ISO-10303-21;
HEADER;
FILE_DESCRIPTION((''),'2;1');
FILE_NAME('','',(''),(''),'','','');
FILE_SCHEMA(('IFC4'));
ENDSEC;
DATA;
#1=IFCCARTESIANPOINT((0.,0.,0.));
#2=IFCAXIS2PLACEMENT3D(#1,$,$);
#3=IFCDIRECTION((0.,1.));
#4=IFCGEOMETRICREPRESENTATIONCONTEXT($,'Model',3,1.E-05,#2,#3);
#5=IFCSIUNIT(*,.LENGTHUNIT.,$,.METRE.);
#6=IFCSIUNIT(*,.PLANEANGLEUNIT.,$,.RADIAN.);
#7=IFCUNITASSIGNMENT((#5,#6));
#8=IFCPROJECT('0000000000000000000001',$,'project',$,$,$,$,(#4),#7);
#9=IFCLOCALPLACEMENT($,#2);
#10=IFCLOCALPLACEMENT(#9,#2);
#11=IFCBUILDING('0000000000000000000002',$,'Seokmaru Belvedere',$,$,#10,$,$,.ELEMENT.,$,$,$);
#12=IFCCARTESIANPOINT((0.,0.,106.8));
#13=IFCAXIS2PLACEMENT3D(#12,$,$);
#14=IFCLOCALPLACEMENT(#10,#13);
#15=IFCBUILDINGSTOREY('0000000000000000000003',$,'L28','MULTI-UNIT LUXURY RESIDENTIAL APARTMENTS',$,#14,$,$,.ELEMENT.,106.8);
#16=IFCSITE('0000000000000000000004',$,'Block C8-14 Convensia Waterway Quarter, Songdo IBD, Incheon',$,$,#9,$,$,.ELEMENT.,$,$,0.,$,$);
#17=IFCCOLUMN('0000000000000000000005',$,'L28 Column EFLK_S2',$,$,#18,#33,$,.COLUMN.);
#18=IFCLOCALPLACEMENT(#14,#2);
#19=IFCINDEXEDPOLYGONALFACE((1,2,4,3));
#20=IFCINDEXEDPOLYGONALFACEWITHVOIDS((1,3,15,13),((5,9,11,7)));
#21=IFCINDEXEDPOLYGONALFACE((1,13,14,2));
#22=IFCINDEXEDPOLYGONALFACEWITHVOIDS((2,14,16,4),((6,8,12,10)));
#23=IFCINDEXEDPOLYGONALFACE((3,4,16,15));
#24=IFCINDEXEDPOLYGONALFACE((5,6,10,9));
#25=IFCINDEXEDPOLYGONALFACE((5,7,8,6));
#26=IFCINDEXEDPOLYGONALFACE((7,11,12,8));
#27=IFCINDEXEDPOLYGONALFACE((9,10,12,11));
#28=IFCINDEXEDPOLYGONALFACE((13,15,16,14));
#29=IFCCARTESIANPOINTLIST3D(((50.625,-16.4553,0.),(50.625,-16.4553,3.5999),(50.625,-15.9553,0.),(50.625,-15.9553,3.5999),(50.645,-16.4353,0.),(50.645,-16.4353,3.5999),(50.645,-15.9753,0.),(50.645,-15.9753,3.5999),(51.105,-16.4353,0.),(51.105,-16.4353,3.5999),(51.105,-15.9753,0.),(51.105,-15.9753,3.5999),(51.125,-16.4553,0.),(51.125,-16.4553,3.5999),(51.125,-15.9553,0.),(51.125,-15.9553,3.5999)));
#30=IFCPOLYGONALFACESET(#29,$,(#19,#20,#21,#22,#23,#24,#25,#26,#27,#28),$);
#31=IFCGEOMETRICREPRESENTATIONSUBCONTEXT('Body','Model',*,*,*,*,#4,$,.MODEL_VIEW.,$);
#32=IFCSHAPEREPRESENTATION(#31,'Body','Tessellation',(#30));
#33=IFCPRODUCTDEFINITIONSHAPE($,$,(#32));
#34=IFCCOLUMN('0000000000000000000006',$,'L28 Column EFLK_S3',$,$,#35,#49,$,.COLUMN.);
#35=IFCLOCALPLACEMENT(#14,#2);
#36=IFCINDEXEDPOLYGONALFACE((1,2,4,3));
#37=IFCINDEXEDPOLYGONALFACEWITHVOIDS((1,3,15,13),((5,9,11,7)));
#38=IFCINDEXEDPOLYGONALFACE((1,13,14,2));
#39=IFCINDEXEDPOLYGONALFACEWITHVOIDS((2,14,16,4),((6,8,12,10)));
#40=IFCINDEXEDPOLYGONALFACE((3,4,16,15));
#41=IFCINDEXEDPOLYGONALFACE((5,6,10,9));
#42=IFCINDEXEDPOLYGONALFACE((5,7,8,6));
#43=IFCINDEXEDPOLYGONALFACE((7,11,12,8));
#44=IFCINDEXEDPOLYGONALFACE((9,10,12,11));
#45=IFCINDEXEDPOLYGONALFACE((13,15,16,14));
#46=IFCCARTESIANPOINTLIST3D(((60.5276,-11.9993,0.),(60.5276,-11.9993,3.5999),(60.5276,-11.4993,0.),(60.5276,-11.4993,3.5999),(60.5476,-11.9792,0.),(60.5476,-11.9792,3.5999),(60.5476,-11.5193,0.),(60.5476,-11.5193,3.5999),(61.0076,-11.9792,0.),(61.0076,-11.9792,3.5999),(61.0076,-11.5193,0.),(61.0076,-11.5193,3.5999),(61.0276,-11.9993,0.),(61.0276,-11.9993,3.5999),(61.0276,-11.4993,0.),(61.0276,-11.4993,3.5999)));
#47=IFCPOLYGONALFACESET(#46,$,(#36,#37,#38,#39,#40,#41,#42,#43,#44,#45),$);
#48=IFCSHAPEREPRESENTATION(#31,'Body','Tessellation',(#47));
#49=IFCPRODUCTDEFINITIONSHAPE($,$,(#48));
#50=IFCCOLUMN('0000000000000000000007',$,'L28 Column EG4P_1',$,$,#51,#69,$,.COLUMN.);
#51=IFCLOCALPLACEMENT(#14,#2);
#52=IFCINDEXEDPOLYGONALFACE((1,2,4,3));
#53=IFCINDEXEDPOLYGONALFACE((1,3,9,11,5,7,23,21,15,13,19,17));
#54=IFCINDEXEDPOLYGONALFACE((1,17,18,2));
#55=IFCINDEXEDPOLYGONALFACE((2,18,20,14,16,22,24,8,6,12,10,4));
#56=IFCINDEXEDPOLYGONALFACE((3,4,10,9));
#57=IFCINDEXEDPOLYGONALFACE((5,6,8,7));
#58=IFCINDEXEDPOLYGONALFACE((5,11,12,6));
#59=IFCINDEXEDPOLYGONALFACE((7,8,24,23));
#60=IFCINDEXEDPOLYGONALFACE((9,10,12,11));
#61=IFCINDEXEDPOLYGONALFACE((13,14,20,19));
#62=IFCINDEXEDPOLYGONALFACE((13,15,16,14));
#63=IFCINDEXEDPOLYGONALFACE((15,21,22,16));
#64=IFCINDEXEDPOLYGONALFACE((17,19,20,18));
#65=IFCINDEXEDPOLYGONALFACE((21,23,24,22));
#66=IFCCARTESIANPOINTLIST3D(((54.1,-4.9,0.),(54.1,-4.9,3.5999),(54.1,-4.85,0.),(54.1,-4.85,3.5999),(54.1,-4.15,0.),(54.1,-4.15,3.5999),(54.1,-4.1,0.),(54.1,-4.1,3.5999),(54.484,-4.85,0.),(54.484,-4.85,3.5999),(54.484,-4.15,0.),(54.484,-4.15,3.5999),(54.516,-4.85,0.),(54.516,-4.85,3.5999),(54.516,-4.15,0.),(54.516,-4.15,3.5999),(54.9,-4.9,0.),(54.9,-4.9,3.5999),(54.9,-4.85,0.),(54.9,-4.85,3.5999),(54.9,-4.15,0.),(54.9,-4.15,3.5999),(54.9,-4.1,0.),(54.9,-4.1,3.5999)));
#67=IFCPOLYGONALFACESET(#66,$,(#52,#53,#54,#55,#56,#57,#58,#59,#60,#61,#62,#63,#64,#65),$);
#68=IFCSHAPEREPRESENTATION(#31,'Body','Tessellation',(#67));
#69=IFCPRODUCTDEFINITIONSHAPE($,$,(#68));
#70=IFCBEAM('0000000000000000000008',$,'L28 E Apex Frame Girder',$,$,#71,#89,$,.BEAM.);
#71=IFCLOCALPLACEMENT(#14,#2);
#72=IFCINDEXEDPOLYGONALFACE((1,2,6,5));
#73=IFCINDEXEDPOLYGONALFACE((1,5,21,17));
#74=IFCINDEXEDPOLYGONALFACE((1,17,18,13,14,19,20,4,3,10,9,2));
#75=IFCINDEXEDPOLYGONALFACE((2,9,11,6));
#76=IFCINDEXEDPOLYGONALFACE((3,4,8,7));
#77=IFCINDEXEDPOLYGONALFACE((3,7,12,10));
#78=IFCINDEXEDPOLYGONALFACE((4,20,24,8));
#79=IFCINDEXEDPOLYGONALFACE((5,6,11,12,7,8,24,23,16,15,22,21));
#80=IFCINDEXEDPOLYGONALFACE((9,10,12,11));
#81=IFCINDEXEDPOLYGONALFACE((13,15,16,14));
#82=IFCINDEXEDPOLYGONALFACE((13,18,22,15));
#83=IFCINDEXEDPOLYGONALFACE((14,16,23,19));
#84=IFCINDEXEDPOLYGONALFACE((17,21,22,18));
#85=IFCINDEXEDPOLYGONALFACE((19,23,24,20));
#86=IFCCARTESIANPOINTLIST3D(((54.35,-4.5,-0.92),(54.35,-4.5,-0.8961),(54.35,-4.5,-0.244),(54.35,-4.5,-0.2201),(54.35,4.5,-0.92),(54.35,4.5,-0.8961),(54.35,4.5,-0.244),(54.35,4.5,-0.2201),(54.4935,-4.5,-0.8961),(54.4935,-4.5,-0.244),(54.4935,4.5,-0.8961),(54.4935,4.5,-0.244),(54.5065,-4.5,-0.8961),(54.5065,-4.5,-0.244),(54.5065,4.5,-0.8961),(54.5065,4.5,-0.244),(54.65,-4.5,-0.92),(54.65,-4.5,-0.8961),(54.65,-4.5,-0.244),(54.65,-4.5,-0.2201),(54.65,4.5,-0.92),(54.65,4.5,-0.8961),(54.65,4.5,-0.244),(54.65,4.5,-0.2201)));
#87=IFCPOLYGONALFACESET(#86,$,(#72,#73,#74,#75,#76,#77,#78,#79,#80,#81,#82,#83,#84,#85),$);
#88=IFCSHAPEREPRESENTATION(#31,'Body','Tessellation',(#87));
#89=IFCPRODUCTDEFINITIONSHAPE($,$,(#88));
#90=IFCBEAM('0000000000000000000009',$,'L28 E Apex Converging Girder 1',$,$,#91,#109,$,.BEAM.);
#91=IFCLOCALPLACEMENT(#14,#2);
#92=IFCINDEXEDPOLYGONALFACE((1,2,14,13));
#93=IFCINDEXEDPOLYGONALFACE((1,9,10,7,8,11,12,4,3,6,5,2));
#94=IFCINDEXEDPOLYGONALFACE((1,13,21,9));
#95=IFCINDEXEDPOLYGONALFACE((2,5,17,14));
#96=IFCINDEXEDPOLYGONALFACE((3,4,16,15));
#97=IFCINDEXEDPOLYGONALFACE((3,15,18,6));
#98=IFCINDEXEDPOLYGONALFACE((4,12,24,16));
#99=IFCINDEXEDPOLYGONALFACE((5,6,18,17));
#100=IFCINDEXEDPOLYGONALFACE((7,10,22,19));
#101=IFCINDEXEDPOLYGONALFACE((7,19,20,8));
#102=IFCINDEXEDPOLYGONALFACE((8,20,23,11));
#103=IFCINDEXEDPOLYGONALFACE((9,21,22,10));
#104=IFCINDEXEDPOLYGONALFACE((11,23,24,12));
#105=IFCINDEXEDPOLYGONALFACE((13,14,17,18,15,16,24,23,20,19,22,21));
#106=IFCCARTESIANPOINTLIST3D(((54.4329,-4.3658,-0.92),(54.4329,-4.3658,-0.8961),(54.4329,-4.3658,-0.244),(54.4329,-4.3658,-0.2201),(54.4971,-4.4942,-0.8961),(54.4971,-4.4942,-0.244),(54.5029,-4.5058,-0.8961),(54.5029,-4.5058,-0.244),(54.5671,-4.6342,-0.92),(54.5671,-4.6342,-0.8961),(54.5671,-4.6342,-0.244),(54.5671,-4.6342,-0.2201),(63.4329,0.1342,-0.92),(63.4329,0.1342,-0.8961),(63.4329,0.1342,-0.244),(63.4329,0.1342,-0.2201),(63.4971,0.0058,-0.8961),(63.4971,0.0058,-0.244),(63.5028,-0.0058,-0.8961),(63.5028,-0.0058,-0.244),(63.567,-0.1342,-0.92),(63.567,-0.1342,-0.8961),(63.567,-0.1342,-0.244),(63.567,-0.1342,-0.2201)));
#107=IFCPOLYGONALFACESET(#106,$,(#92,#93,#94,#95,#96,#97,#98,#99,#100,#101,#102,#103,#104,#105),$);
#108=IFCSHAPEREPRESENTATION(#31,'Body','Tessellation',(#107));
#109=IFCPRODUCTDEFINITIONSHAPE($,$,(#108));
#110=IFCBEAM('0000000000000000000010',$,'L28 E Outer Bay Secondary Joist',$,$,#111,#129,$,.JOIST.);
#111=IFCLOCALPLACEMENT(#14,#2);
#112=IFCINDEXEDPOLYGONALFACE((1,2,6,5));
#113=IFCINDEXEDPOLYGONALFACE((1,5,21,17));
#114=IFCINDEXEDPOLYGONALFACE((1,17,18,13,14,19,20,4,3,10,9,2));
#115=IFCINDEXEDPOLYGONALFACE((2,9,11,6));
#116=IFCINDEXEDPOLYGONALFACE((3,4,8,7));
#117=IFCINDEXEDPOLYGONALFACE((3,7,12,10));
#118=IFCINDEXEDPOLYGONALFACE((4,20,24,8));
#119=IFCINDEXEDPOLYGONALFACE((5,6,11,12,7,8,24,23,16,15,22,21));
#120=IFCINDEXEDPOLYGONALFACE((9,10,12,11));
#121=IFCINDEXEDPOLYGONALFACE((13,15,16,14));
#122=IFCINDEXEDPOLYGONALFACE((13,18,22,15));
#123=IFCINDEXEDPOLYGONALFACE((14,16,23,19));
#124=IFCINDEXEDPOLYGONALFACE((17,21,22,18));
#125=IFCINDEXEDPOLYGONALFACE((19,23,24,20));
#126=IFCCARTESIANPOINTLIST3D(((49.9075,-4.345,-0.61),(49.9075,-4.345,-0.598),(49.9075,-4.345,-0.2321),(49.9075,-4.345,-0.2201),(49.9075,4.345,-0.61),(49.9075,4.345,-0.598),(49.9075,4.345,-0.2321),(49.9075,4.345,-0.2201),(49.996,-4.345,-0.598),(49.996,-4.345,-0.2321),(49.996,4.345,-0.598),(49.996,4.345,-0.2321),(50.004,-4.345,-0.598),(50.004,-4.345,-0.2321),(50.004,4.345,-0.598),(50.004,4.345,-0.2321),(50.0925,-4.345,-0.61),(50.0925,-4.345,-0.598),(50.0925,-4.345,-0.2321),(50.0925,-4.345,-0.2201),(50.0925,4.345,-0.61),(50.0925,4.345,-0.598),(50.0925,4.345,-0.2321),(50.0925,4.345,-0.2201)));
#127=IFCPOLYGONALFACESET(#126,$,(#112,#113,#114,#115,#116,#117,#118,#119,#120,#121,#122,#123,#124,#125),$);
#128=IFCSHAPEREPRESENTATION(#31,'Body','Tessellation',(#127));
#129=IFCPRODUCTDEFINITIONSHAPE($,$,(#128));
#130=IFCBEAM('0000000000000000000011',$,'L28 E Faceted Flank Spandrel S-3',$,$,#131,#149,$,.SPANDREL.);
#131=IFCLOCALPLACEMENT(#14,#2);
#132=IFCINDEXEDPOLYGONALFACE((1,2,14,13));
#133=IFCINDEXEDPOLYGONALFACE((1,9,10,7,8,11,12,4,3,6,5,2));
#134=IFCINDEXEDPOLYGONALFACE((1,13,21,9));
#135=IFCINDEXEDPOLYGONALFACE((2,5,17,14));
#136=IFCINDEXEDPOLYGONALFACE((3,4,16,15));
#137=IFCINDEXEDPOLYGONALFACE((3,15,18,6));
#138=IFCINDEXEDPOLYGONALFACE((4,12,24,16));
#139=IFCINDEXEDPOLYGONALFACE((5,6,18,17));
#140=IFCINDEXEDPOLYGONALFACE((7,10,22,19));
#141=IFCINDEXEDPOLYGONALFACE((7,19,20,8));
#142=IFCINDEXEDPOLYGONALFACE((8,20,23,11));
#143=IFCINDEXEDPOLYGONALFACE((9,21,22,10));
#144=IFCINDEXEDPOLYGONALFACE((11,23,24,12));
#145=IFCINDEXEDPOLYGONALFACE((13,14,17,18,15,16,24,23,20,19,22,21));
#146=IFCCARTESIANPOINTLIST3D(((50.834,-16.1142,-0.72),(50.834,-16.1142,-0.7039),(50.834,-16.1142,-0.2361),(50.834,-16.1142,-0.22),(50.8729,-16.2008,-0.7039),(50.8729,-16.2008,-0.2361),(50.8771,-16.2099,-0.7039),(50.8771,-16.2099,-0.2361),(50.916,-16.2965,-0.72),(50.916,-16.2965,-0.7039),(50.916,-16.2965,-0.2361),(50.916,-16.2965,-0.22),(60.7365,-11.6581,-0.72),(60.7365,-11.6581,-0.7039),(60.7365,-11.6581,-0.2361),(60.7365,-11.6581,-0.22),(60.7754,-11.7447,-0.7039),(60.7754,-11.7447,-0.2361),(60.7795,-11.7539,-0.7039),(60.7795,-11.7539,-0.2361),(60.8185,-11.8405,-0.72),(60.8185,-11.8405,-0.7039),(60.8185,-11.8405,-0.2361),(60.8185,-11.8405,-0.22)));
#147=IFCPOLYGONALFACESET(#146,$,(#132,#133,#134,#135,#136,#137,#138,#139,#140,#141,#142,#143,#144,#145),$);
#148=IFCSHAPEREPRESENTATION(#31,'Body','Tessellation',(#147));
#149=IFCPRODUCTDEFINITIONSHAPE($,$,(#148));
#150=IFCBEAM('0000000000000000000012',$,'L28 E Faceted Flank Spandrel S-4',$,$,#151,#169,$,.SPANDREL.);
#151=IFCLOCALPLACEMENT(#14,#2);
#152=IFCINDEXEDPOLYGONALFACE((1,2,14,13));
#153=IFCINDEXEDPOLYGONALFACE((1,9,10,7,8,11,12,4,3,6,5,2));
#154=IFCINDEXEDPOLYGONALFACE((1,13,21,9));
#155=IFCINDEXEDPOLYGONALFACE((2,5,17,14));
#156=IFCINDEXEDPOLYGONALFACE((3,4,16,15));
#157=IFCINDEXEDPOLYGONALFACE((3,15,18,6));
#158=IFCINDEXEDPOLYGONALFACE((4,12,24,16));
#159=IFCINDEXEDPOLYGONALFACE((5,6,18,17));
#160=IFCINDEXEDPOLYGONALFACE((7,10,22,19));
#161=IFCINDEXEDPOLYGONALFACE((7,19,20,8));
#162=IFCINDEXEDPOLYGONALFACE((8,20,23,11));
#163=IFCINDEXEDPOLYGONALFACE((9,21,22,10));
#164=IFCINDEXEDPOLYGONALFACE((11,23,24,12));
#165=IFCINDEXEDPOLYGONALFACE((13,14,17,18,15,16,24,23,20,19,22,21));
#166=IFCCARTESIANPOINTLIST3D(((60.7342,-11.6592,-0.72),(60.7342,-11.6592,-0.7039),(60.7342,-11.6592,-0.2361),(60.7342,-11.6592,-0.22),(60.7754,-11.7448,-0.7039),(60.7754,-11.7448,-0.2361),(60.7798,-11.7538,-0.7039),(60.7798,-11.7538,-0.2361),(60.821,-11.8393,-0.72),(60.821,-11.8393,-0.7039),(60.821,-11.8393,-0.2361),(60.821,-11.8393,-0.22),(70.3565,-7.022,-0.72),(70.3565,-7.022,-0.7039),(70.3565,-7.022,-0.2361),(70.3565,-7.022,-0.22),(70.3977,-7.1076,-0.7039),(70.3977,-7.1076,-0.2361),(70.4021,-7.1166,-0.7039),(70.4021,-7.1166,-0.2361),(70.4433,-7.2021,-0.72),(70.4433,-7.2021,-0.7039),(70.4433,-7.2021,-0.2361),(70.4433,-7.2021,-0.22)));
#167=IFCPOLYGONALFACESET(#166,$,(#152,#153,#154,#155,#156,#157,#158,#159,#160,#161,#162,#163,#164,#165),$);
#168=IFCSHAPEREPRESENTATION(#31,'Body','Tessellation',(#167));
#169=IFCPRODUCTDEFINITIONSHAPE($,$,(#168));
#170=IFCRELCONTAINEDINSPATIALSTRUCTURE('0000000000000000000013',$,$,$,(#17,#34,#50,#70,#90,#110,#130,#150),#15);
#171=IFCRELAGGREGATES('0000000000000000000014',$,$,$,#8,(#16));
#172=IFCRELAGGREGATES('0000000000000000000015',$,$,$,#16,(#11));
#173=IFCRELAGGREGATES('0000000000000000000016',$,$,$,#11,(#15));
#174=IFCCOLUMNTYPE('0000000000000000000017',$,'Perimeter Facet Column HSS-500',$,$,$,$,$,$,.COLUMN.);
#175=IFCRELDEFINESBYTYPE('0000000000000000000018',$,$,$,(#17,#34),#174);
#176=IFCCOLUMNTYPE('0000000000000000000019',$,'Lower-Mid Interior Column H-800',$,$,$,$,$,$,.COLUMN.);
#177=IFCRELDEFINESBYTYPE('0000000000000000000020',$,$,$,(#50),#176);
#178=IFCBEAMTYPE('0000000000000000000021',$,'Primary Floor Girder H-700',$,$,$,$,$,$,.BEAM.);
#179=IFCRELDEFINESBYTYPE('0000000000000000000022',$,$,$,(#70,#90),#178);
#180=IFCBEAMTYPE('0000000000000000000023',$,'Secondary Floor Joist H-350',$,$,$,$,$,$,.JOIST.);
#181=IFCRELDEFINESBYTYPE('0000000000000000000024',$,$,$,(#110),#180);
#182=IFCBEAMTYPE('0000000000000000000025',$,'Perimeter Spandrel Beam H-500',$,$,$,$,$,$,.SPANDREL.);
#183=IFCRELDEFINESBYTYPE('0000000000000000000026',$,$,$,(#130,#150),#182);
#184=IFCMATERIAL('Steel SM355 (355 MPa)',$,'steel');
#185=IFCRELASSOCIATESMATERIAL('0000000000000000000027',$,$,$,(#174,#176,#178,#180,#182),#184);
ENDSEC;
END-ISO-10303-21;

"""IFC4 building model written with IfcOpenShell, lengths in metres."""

from ifc_helpers import new_model, si_unit, direction, frame, origin, origin_2d, place, context, subcontext, project, spatial, hollow_rectangle, i_section, extrude, source, transform, mapped, material, material_profile, profile_set, type_object, type_shapes, element, save


model = new_model("IFC4")

# Units and contexts
model_context = context("Model", 3, precision=1e-05, world=origin(), true_north=direction((0.0, 1.0)))
body_context = subcontext(model_context, "Body", "Model", "MODEL_VIEW")
ifc_project = project(units=[si_unit("LENGTHUNIT", "METRE"), si_unit("PLANEANGLEUNIT", "RADIAN")], contexts=[model_context])

# Site, building, storey
site_placement = place(None, origin())
site = spatial("IfcSite", under=ifc_project, at=site_placement, Name="Block C8-14 Convensia Waterway Quarter, Songdo IBD, Incheon", CompositionType="ELEMENT", RefElevation=0.0)
building_placement = place(site_placement, origin())
building = spatial("IfcBuilding", under=site, at=building_placement, Name="Seokmaru Belvedere", CompositionType="ELEMENT")
storey_placement = place(building_placement, frame((0.0, 0.0, 106.8)))
storey = spatial("IfcBuildingStorey", under=building, at=storey_placement, Name="L28", Description="MULTI-UNIT LUXURY RESIDENTIAL APARTMENTS", CompositionType="ELEMENT", Elevation=106.8)

# Columns
ifc_material_1 = material(Name="Steel SM355 (355 MPa)", Category="steel")
ifc_material_profile_1 = material_profile(ifc_material_1, hollow_rectangle(XDim=0.5, YDim=0.5, WallThickness=0.02, at=origin_2d()), Name="HSS-500x500x20")
ifc_profile_set_1 = profile_set([ifc_material_profile_1], Name="Steel SM355 (355 MPa)")
column_type_1 = type_object("IfcColumnType", Name="Perimeter Facet Column HSS-500", PredefinedType="COLUMN", material=ifc_profile_set_1)
shared_shape_1 = source(origin(), body_context, "Body", "SweptSolid", [
    extrude(hollow_rectangle(XDim=0.5, YDim=0.5, WallThickness=0.02, at=origin_2d()), origin(), (0.0, 0.0, 1.0), 3.5999),
])
type_shapes(column_type_1, [shared_shape_1])
for number, where, z_axis, x_axis, name in (
    (1, (50.875, -16.2053, 0.0), (0.0, 0.0, 1.0), (1.0, 0.0, 0.0), "L28 Column EFLK_S2"),
    (2, (60.7776, -11.7493, 0.0), (0.0, 0.0, 1.0), (1.0, 0.0, 0.0), "L28 Column EFLK_S3"),
):
    element("IfcColumn", number, at=place(storey_placement, frame(where, z_axis=z_axis, x_axis=x_axis)), inside=storey, type_object=column_type_1, Name=name, PredefinedType="COLUMN", context=body_context, shape_type="MappedRepresentation", body=[
        mapped(shared_shape_1, transform((0.0, 0.0, 0.0), scale=1.0)),
    ])
ifc_material_profile_2 = material_profile(ifc_material_1, i_section(OverallWidth=0.8, OverallDepth=0.8, WebThickness=0.032, FlangeThickness=0.05, at=origin_2d()), Name="H-800x800x32x50")
ifc_profile_set_2 = profile_set([ifc_material_profile_2], Name="Steel SM355 (355 MPa)")
column_type_2 = type_object("IfcColumnType", Name="Lower-Mid Interior Column H-800", PredefinedType="COLUMN", material=ifc_profile_set_2)
shared_shape_2 = source(origin(), body_context, "Body", "SweptSolid", [
    extrude(i_section(OverallWidth=0.8, OverallDepth=0.8, WebThickness=0.032, FlangeThickness=0.05, at=origin_2d()), origin(), (0.0, 0.0, 1.0), 3.5999),
])
type_shapes(column_type_2, [shared_shape_2])
column_placement = place(storey_placement, frame((54.5, -4.5, 0.0), z_axis=(0.0, 0.0, 1.0), x_axis=(1.0, 0.0, 0.0)))
element("IfcColumn", 3, at=column_placement, inside=storey, type_object=column_type_2, Name="L28 Column EG4P_1", PredefinedType="COLUMN", context=body_context, shape_type="MappedRepresentation", body=[
    mapped(shared_shape_2, transform((0.0, 0.0, 0.0), scale=1.0)),
])

# Beams
ifc_material_profile_3 = material_profile(ifc_material_1, i_section(OverallWidth=0.3, OverallDepth=0.7, WebThickness=0.0129, FlangeThickness=0.0239, at=origin_2d()), Name="H-700x300x13x24")
ifc_profile_set_3 = profile_set([ifc_material_profile_3], Name="Steel SM355 (355 MPa)")
beam_type_1 = type_object("IfcBeamType", Name="Primary Floor Girder H-700", PredefinedType="BEAM", material=ifc_profile_set_3)
shared_shape_3 = source(origin(), body_context, "Body", "SweptSolid", [
    extrude(i_section(OverallWidth=0.3, OverallDepth=0.7, WebThickness=0.0129, FlangeThickness=0.0239, at=origin_2d()), origin(), (0.0, 0.0, 1.0), 9.0),
])
beam_1_placement = place(storey_placement, frame((54.5, -4.5, -0.5701), z_axis=(0.0, 1.0, 0.0), x_axis=(-1.0, 0.0, 0.0)))
element("IfcBeam", 4, at=beam_1_placement, inside=storey, type_object=beam_type_1, Name="L28 E Apex Frame Girder", PredefinedType="BEAM", context=body_context, shape_type="MappedRepresentation", body=[
    mapped(shared_shape_3, transform((0.0, 0.0, 0.0), scale=1.0)),
])
shared_shape_4 = source(origin(), body_context, "Body", "SweptSolid", [
    extrude(i_section(OverallWidth=0.3, OverallDepth=0.7, WebThickness=0.0129, FlangeThickness=0.0239, at=origin_2d()), origin(), (0.0, 0.0, 1.0), 10.0623),
])
beam_2_placement = place(storey_placement, frame((54.5, -4.5, -0.5701), z_axis=(0.894427, 0.447214, 0.0), x_axis=(-0.447214, 0.894427, 0.0)))
element("IfcBeam", 5, at=beam_2_placement, inside=storey, type_object=beam_type_1, Name="L28 E Apex Converging Girder 1", PredefinedType="BEAM", context=body_context, shape_type="MappedRepresentation", body=[
    mapped(shared_shape_4, transform((0.0, 0.0, 0.0), scale=1.0)),
])
ifc_material_profile_4 = material_profile(ifc_material_1, i_section(OverallWidth=0.1851, OverallDepth=0.3899, WebThickness=0.0081, FlangeThickness=0.012, at=origin_2d()), Name="H-390x185x8x12")
ifc_profile_set_4 = profile_set([ifc_material_profile_4], Name="Steel SM355 (355 MPa)")
beam_type_2 = type_object("IfcBeamType", Name="Secondary Floor Joist H-350", PredefinedType="JOIST", material=ifc_profile_set_4)
shared_shape_5 = source(origin(), body_context, "Body", "SweptSolid", [
    extrude(i_section(OverallWidth=0.1851, OverallDepth=0.3899, WebThickness=0.0081, FlangeThickness=0.012, at=origin_2d()), origin(), (0.0, 0.0, 1.0), 8.6899),
])
type_shapes(beam_type_2, [shared_shape_5])
beam_3_placement = place(storey_placement, frame((50.0, -4.345, -0.415), z_axis=(0.0, 1.0, 0.0), x_axis=(-1.0, 0.0, 0.0)))
element("IfcBeam", 6, at=beam_3_placement, inside=storey, type_object=beam_type_2, Name="L28 E Outer Bay Secondary Joist", PredefinedType="JOIST", context=body_context, shape_type="MappedRepresentation", body=[
    mapped(shared_shape_5, transform((0.0, 0.0, 0.0), scale=1.0)),
])
ifc_material_profile_5 = material_profile(ifc_material_1, i_section(OverallWidth=0.2, OverallDepth=0.5, WebThickness=0.01, FlangeThickness=0.0161, at=origin_2d()), Name="H-500x200x10x16")
ifc_profile_set_5 = profile_set([ifc_material_profile_5], Name="Steel SM355 (355 MPa)")
beam_type_3 = type_object("IfcBeamType", Name="Perimeter Spandrel Beam H-500", PredefinedType="SPANDREL", material=ifc_profile_set_5)
shared_shape_6 = source(origin(), body_context, "Body", "SweptSolid", [
    extrude(i_section(OverallWidth=0.2, OverallDepth=0.5, WebThickness=0.01, FlangeThickness=0.0161, at=origin_2d()), origin(), (0.0, 0.0, 1.0), 10.8589),
])
beam_4_placement = place(storey_placement, frame((50.875, -16.2053, -0.47), z_axis=(0.911925, 0.410356, 0.0), x_axis=(-0.410356, 0.911925, 0.0)))
element("IfcBeam", 7, at=beam_4_placement, inside=storey, type_object=beam_type_3, Name="L28 E Faceted Flank Spandrel S-3", PredefinedType="SPANDREL", context=body_context, shape_type="MappedRepresentation", body=[
    mapped(shared_shape_6, transform((0.0, 0.0, 0.0), scale=1.0)),
])
shared_shape_7 = source(origin(), body_context, "Body", "SweptSolid", [
    extrude(i_section(OverallWidth=0.2, OverallDepth=0.5, WebThickness=0.01, FlangeThickness=0.0161, at=origin_2d()), origin(), (0.0, 0.0, 1.0), 10.6814),
])
type_shapes(beam_type_3, [shared_shape_6, shared_shape_7])
beam_5_placement = place(storey_placement, frame((60.7776, -11.7493, -0.47), z_axis=(0.900846, 0.434138, 0.0), x_axis=(-0.434138, 0.900846, 0.0)))
element("IfcBeam", 8, at=beam_5_placement, inside=storey, type_object=beam_type_3, Name="L28 E Faceted Flank Spandrel S-4", PredefinedType="SPANDREL", context=body_context, shape_type="MappedRepresentation", body=[
    mapped(shared_shape_7, transform((0.0, 0.0, 0.0), scale=1.0)),
])

save(model, "model.ifc")
